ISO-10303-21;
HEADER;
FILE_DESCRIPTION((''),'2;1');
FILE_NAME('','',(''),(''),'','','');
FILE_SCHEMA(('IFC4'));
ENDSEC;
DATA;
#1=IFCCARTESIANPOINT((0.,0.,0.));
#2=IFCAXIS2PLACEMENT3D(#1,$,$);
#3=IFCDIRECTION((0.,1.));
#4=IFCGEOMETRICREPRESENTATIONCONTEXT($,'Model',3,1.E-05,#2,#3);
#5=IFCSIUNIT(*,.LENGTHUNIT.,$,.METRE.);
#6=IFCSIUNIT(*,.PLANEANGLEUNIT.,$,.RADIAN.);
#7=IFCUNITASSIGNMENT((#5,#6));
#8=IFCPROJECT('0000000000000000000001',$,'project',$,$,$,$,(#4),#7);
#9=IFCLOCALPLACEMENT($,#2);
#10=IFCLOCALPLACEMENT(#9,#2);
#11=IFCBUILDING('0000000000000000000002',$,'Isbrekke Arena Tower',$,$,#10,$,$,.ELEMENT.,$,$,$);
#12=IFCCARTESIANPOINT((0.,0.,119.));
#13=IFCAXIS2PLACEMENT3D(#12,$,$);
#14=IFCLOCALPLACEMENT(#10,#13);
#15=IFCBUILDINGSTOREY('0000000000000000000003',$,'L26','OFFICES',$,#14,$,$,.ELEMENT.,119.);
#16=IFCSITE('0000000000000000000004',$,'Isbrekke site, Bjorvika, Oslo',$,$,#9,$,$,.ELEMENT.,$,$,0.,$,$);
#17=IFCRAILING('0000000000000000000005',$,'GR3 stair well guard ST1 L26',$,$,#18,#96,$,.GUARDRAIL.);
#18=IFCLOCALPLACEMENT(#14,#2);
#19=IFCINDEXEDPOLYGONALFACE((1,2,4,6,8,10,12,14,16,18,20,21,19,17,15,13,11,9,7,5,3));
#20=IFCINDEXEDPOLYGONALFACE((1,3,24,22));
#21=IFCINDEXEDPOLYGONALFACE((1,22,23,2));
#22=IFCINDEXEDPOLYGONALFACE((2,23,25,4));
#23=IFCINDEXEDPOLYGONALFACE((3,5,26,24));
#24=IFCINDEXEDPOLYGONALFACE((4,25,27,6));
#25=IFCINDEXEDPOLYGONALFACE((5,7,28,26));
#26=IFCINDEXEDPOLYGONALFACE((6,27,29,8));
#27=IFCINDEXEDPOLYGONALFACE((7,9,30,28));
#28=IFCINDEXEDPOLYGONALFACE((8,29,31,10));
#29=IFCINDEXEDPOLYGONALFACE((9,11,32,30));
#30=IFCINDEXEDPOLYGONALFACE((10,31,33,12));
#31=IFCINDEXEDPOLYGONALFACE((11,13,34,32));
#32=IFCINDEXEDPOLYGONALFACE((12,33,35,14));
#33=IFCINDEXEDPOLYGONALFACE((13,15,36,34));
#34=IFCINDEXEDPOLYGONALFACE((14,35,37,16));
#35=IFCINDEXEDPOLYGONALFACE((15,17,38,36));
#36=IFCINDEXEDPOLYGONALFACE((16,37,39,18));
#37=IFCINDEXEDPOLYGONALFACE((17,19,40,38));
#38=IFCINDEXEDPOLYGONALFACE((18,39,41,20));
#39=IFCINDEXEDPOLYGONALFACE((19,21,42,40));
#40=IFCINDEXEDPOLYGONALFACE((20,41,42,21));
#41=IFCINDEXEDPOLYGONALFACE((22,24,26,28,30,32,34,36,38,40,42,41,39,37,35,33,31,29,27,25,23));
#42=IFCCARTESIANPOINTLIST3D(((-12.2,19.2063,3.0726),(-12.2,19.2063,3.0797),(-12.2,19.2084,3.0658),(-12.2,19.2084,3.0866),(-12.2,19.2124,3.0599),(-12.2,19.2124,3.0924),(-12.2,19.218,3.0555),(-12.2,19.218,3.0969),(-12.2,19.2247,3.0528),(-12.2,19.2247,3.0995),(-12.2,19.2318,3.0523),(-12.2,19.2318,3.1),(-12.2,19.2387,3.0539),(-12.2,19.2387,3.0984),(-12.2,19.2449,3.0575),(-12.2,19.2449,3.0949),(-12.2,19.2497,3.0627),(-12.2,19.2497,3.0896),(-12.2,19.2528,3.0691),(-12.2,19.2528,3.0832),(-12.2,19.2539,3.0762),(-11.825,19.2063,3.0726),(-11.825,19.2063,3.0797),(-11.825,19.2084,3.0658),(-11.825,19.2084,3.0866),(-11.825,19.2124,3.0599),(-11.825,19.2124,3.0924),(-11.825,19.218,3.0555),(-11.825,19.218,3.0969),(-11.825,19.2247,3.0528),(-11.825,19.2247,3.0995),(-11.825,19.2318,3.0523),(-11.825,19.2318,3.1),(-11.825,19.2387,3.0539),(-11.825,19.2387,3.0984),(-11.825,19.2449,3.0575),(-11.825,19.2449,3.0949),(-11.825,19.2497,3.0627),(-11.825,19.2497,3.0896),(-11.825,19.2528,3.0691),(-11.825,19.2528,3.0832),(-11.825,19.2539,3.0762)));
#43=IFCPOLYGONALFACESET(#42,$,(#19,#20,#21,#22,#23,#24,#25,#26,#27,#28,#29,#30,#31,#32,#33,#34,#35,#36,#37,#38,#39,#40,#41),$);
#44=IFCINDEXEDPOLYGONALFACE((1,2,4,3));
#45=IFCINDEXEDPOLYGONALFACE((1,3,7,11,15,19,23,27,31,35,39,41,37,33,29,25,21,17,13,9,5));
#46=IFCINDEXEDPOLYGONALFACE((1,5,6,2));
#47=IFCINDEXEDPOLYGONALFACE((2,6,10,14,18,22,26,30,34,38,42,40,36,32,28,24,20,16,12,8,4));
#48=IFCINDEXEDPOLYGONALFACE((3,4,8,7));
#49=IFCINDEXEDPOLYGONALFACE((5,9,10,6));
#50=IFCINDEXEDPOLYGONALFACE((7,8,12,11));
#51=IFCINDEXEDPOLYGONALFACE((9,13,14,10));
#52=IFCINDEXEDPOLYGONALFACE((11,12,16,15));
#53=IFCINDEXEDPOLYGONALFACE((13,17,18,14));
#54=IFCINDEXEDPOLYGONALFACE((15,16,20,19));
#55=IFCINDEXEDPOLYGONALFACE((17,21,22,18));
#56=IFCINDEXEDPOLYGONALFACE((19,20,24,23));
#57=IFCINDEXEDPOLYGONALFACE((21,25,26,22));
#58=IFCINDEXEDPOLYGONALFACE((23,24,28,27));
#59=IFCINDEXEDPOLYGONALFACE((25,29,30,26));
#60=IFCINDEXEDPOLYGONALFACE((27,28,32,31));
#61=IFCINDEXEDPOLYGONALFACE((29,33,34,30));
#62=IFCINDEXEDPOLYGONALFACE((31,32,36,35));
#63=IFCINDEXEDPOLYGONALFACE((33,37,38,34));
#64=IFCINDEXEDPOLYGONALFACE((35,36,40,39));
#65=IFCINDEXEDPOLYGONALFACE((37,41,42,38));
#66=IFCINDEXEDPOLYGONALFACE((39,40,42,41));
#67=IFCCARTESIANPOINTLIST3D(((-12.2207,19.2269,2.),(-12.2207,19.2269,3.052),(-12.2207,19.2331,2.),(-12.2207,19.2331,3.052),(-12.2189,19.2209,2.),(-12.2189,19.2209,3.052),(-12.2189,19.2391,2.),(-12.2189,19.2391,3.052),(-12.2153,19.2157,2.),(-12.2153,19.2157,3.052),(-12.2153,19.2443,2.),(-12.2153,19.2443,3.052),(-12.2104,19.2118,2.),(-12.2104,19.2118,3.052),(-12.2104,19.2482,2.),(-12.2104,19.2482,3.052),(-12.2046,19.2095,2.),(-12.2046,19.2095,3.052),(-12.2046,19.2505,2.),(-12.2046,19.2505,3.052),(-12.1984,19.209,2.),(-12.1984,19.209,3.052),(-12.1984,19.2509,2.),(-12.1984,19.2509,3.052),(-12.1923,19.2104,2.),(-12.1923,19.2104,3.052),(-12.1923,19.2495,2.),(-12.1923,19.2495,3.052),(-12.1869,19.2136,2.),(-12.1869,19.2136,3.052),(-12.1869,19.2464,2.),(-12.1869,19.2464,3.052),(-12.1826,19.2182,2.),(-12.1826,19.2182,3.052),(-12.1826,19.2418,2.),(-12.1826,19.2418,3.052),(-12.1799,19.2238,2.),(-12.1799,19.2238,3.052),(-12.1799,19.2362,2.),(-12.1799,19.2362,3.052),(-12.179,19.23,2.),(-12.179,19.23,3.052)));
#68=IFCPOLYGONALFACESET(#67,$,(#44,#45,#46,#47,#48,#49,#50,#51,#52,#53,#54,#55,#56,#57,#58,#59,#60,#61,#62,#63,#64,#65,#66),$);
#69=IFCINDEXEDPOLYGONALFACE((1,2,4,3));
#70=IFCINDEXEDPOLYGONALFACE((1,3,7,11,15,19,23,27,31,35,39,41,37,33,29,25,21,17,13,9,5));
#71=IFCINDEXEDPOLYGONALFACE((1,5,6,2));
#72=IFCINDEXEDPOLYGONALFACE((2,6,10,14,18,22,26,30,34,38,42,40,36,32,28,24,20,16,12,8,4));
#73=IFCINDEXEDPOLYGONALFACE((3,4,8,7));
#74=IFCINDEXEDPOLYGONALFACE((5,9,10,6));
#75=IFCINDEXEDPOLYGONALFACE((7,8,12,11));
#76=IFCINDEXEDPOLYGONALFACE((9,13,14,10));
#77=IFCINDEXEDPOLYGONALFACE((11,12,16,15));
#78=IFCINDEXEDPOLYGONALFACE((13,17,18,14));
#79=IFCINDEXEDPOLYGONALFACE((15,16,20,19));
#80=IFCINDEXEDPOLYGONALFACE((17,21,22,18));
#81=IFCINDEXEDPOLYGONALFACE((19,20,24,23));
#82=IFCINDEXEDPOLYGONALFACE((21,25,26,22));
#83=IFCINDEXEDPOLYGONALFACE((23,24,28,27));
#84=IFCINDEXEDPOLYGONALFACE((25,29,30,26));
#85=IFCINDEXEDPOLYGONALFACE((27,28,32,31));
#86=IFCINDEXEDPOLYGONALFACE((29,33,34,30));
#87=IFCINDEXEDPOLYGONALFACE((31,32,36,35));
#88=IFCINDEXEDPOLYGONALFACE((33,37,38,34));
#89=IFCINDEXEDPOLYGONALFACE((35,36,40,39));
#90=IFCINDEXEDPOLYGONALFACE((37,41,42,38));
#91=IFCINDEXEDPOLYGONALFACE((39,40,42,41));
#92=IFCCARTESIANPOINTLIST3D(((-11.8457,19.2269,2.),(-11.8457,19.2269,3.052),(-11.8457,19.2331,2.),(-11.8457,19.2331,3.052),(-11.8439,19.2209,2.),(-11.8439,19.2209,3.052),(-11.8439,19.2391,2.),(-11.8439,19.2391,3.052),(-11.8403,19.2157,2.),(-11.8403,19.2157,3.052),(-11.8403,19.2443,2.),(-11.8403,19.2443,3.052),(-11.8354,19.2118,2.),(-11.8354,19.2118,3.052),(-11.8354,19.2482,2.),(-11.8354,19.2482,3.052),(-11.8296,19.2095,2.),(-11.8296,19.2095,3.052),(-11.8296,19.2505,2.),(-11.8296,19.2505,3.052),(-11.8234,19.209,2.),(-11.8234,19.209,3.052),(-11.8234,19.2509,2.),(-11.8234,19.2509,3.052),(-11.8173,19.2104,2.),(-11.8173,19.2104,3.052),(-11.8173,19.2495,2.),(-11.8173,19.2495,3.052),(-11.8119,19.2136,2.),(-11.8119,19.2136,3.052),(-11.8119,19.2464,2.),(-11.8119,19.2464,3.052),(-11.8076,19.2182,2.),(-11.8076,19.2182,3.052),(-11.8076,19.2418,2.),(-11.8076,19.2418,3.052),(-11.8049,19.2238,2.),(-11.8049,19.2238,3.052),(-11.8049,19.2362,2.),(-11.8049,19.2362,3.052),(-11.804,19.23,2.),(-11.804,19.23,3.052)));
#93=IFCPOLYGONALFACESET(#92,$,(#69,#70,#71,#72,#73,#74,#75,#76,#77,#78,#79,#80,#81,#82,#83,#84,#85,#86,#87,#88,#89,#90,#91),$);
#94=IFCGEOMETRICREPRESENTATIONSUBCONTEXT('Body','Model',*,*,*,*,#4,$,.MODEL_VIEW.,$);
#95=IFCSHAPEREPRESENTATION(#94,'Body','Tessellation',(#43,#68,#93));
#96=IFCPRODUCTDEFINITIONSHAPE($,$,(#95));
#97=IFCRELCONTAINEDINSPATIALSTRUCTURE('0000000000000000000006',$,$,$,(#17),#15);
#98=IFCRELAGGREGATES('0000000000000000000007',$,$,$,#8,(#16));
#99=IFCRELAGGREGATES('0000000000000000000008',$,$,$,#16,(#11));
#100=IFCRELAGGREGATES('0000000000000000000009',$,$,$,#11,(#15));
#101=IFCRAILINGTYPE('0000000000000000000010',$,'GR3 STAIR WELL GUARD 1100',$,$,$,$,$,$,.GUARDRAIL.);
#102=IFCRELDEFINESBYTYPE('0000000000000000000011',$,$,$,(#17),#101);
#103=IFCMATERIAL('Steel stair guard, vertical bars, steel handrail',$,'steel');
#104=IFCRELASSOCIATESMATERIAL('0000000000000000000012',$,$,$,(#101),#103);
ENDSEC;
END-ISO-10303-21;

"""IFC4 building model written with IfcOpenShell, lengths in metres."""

from ifc_helpers import new_model, si_unit, direction, frame, origin, origin_2d, place, context, subcontext, project, spatial, circle, extrude, material, type_object, element, save


model = new_model("IFC4")

# Units and contexts
model_context = context("Model", 3, precision=1e-05, world=origin(), true_north=direction((0.0, 1.0)))
body_context = subcontext(model_context, "Body", "Model", "MODEL_VIEW")
ifc_project = project(units=[si_unit("LENGTHUNIT", "METRE"), si_unit("PLANEANGLEUNIT", "RADIAN")], contexts=[model_context])

# Site, building, storey
site_placement = place(None, origin())
site = spatial("IfcSite", under=ifc_project, at=site_placement, Name="Isbrekke site, Bjorvika, Oslo", CompositionType="ELEMENT", RefElevation=0.0)
building_placement = place(site_placement, origin())
building = spatial("IfcBuilding", under=site, at=building_placement, Name="Isbrekke Arena Tower", CompositionType="ELEMENT")
storey_placement = place(building_placement, frame((0.0, 0.0, 119.0)))
storey = spatial("IfcBuildingStorey", under=building, at=storey_placement, Name="L26", Description="OFFICES", CompositionType="ELEMENT", Elevation=119.0)

# Railing
ifc_material_1 = material(Name="Steel stair guard, vertical bars, steel handrail", Category="steel")
railing_type = type_object("IfcRailingType", Name="GR3 STAIR WELL GUARD 1100", PredefinedType="GUARDRAIL", material=ifc_material_1)
for number, where, name in (
    (1, (-12.2, 19.23, 2.0), "GR3 stair well guard ST1 L26"),
):
    element("IfcRailing", number, at=place(storey_placement, frame(where)), inside=storey, type_object=railing_type, Name=name, PredefinedType="GUARDRAIL", context=body_context, shape_type="SweptSolid", body=[
        extrude(circle(Radius=0.0239, at=origin_2d()), frame((0.0, 0.0, 1.0762), z_axis=(1.0, 0.0, 0.0), x_axis=(0.0, 1.0, 0.0)), (0.0, 0.0, 1.0), 0.375),
        extrude(circle(Radius=0.021, at=origin_2d()), origin(), (0.0, 0.0, 1.0), 1.052),
        extrude(circle(Radius=0.021, at=origin_2d()), frame((0.375, 0.0, 0.0)), (0.0, 0.0, 1.0), 1.052),
    ])

save(model, "model.ifc")
